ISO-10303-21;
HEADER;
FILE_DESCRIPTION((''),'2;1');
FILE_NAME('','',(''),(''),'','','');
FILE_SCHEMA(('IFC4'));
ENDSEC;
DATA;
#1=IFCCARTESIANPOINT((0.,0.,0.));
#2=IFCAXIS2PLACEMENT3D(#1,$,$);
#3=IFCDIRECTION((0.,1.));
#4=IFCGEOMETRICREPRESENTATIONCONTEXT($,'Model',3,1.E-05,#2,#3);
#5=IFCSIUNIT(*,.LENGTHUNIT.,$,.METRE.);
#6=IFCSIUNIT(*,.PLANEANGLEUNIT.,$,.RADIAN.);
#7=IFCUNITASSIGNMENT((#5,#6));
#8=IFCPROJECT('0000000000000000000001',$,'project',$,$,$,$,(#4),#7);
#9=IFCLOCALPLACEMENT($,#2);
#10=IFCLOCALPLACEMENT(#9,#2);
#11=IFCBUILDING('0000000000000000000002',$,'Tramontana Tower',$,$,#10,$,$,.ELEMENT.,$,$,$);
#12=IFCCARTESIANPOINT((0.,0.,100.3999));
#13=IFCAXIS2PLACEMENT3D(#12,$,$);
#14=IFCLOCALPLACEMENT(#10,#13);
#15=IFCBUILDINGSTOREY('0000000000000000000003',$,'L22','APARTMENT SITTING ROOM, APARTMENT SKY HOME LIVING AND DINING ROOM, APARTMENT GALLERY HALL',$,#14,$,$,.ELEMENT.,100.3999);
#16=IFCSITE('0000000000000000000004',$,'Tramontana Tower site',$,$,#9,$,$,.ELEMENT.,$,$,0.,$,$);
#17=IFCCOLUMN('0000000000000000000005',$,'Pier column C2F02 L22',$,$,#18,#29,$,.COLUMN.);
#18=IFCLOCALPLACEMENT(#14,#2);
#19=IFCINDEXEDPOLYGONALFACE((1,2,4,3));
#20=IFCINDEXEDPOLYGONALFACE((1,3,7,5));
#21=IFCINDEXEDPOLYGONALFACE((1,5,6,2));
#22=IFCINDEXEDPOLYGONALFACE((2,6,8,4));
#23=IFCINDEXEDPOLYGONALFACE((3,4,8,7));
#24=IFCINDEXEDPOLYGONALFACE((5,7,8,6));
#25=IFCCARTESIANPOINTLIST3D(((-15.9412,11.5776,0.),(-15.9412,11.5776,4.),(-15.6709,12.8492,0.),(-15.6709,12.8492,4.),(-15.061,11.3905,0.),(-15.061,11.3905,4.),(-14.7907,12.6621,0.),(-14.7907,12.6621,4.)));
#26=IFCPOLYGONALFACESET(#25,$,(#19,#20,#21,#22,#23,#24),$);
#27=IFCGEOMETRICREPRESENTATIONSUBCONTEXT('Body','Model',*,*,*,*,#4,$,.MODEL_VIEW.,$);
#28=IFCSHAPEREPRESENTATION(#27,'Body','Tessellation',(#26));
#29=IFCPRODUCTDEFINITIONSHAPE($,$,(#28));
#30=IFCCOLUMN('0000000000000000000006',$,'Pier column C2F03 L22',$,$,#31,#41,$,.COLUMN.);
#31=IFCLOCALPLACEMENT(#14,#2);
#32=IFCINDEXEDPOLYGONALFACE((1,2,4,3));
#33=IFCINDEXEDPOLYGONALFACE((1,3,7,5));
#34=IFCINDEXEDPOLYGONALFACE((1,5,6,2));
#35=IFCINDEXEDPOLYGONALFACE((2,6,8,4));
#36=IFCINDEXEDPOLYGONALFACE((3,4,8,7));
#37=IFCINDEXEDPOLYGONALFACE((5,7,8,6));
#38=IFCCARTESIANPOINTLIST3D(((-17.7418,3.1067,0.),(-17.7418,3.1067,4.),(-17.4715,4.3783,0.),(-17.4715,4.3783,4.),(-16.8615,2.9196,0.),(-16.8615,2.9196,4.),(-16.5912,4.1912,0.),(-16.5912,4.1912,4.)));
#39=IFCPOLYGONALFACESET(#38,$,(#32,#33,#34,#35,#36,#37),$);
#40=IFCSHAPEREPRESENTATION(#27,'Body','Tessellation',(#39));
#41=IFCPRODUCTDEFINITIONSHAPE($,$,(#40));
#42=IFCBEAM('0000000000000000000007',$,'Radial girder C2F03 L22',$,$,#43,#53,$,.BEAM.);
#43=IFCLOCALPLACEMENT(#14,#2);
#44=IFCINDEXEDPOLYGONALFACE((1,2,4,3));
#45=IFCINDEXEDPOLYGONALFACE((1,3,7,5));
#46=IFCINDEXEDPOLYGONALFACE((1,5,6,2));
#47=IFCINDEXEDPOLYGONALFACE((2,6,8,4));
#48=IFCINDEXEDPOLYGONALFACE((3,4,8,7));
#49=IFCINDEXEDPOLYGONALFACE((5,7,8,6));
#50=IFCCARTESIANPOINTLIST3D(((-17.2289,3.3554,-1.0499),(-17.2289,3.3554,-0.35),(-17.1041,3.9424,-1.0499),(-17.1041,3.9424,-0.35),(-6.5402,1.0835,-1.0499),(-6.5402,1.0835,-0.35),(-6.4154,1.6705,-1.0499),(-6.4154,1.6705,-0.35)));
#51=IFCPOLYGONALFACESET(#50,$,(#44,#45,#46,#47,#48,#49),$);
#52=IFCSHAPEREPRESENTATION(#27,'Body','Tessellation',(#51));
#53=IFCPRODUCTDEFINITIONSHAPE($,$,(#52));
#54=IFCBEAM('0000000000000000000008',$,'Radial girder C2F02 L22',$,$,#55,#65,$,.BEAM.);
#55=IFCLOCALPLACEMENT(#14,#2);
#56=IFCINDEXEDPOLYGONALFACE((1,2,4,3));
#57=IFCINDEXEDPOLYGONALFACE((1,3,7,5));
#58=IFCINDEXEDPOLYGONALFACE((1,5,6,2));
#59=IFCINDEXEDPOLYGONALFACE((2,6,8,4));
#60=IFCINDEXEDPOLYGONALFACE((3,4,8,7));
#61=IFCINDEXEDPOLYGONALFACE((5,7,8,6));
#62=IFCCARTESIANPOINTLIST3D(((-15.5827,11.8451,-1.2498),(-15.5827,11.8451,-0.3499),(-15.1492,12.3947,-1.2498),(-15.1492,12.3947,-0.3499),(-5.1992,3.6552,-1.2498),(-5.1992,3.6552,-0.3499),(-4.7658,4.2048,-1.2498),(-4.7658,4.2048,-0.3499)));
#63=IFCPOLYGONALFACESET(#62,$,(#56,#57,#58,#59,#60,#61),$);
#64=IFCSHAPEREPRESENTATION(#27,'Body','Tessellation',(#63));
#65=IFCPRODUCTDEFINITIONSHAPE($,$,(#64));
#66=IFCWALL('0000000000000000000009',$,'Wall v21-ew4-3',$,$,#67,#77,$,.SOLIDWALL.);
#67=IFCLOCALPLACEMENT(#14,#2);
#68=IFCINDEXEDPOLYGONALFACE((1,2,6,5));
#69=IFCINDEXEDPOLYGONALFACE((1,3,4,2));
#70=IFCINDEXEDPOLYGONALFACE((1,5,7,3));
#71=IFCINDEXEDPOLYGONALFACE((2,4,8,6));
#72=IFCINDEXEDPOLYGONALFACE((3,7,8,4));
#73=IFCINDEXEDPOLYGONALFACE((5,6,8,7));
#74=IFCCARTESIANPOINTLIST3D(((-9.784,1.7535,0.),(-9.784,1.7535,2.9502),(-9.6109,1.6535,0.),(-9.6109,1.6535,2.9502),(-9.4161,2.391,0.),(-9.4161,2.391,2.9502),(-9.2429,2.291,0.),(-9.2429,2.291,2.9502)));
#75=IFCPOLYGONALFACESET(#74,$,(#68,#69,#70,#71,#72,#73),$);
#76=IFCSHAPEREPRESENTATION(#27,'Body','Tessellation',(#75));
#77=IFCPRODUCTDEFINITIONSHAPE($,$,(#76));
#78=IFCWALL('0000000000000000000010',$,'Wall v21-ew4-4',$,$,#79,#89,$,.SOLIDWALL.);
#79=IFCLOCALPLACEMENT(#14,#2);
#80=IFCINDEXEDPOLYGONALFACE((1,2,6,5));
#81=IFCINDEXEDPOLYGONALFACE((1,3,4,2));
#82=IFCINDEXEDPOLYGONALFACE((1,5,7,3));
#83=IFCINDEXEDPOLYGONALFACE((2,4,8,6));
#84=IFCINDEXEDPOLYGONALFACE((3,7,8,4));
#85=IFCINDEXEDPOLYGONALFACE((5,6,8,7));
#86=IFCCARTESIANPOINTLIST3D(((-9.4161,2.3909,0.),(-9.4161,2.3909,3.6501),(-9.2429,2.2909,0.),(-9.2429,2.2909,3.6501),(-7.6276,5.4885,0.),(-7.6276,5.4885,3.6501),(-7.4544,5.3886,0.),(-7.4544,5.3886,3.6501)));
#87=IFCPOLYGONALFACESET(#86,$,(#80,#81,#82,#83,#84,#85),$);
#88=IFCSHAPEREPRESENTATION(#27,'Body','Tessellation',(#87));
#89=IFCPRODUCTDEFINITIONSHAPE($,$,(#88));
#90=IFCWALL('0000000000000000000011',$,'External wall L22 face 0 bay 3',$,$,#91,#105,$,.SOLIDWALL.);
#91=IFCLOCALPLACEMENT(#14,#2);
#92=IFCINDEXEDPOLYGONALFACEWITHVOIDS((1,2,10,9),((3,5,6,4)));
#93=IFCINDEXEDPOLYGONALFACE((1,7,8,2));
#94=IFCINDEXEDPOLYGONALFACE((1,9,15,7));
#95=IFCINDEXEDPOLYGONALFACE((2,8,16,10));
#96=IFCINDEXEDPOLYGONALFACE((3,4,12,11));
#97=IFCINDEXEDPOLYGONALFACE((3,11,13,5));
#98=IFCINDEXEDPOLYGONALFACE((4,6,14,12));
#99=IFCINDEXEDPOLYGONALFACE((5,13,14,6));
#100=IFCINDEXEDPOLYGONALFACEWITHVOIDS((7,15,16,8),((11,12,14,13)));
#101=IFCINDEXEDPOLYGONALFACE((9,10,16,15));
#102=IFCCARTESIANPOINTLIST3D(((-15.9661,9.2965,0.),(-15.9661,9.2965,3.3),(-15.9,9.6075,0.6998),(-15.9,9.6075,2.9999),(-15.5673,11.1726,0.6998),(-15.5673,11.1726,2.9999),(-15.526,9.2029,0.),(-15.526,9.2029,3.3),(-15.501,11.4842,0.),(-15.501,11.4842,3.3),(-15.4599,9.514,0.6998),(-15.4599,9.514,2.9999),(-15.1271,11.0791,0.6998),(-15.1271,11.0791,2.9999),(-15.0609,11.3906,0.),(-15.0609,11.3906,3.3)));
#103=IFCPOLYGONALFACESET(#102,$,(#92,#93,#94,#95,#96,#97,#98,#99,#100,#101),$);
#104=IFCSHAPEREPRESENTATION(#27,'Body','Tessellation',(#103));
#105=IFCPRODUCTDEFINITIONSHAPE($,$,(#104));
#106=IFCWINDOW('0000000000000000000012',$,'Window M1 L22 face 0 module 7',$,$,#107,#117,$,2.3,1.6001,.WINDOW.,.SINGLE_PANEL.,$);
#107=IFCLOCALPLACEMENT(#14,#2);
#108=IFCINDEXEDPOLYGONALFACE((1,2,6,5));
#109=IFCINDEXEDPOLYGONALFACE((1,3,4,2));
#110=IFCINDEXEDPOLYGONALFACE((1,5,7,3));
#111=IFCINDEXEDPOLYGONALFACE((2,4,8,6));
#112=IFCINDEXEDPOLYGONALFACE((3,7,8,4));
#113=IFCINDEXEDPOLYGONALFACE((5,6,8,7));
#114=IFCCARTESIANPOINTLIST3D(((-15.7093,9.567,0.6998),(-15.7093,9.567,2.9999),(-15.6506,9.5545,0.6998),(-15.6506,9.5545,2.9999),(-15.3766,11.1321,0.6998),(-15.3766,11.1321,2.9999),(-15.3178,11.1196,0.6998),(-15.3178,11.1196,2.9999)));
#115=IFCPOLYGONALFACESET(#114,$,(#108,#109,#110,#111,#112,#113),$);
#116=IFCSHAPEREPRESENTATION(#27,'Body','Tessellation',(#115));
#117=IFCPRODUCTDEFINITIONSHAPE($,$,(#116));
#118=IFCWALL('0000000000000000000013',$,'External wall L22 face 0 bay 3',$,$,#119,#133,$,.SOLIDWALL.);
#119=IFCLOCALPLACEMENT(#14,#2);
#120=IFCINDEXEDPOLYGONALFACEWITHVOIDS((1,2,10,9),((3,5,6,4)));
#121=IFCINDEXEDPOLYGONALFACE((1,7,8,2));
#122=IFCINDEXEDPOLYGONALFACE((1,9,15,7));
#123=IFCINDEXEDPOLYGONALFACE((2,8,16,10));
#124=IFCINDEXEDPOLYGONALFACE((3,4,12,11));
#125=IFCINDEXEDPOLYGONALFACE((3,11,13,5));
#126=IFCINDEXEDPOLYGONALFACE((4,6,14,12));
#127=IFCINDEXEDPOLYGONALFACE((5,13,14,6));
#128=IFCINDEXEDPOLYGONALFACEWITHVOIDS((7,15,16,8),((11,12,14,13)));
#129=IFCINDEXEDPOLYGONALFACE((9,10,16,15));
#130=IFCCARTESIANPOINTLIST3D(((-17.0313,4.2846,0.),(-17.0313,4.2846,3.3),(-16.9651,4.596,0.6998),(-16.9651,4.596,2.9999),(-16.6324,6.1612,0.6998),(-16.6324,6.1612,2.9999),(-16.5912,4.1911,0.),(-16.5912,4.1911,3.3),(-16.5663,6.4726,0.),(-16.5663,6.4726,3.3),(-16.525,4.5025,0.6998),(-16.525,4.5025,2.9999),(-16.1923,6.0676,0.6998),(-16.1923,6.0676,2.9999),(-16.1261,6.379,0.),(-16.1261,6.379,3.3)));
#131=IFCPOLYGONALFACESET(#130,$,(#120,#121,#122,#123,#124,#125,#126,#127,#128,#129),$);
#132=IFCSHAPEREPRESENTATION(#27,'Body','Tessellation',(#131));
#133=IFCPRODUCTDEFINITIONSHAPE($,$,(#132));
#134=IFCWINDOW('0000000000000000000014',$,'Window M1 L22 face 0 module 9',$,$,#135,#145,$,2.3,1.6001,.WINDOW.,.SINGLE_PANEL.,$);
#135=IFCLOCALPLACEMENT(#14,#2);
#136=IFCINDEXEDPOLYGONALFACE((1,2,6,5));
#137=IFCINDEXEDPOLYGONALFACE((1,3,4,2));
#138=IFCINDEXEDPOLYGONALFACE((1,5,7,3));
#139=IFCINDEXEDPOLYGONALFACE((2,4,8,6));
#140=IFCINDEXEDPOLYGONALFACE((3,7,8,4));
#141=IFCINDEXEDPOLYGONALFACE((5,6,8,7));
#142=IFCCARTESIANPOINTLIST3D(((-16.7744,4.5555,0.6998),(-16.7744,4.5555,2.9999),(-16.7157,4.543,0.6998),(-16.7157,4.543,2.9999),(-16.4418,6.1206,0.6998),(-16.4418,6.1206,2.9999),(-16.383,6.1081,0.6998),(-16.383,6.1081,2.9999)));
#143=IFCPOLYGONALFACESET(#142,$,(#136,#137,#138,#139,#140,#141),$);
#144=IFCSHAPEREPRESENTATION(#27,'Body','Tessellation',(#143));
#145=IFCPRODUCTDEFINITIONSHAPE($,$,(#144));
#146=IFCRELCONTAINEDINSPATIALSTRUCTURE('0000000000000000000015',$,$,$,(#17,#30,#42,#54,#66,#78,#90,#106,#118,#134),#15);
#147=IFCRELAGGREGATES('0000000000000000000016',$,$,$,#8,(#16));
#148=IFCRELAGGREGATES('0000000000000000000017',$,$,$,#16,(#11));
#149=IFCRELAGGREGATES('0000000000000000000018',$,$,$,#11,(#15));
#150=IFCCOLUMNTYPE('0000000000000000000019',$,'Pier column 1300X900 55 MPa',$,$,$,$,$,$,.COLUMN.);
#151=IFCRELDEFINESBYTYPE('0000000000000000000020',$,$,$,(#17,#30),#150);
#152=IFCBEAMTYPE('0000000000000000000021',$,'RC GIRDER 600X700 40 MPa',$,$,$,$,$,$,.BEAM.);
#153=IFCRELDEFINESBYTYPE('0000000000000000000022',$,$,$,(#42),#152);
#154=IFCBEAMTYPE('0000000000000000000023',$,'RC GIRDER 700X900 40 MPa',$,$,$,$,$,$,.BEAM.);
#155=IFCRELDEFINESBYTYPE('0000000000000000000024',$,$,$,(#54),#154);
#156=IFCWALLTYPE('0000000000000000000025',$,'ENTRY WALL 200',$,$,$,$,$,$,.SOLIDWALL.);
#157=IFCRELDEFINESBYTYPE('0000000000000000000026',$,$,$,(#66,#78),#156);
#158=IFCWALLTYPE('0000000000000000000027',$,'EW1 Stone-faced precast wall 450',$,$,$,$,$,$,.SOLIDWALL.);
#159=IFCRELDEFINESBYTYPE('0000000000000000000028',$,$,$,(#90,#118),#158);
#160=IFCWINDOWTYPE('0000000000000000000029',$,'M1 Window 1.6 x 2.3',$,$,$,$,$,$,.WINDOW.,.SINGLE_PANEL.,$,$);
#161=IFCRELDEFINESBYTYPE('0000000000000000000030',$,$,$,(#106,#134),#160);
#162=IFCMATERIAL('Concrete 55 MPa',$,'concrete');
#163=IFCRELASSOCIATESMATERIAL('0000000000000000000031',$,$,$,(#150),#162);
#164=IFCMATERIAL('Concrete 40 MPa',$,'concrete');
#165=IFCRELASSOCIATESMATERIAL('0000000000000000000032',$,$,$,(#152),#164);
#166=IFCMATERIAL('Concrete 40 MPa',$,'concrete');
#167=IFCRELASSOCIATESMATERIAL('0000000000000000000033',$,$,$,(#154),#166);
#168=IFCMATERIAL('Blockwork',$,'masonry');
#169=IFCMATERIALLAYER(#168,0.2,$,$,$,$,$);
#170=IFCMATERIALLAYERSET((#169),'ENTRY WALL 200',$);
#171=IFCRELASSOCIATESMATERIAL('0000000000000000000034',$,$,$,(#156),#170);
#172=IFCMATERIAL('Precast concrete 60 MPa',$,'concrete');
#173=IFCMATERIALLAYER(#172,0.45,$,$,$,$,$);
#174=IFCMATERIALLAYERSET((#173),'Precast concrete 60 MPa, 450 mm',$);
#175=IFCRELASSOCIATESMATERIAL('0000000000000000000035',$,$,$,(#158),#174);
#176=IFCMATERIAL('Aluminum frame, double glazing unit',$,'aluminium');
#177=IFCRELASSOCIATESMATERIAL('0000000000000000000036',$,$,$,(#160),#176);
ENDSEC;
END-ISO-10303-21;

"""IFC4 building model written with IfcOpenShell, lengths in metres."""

from ifc_helpers import new_model, si_unit, direction, frame, frame_2d, origin, origin_2d, place, context, subcontext, project, spatial, rectangle, extrude, material, layer, layer_set, material_profile, profile_set, type_object, element, fill, save


model = new_model("IFC4")

# Units and contexts
model_context = context("Model", 3, precision=1e-05, world=origin(), true_north=direction((0.0, 1.0)))
body_context = subcontext(model_context, "Body", "Model", "MODEL_VIEW")
ifc_project = project(units=[si_unit("LENGTHUNIT", "METRE"), si_unit("PLANEANGLEUNIT", "RADIAN")], contexts=[model_context])

# Site, building, storey
site_placement = place(None, origin())
site = spatial("IfcSite", under=ifc_project, at=site_placement, Name="Tramontana Tower site", CompositionType="ELEMENT", RefElevation=0.0)
building_placement = place(site_placement, origin())
building = spatial("IfcBuilding", under=site, at=building_placement, Name="Tramontana Tower", CompositionType="ELEMENT")
storey_placement = place(building_placement, frame((0.0, 0.0, 100.3999)))
storey = spatial("IfcBuildingStorey", under=building, at=storey_placement, Name="L22", Description="APARTMENT SITTING ROOM, APARTMENT SKY HOME LIVING AND DINING ROOM, APARTMENT GALLERY HALL", CompositionType="ELEMENT", Elevation=100.3999)

# Columns
ifc_material_1 = material(Name="Concrete 55 MPa", Category="concrete")
ifc_material_profile_1 = material_profile(ifc_material_1, rectangle(XDim=1.3, YDim=0.8999, at=origin_2d()), Name="Pier column 1300X900 55 MPa")
ifc_profile_set_1 = profile_set([ifc_material_profile_1], Name="Concrete 55 MPa")
column_type = type_object("IfcColumnType", Name="Pier column 1300X900 55 MPa", PredefinedType="COLUMN", material=ifc_profile_set_1)
for number, where, z_axis, x_axis, name in (
    (1, (-15.366, 12.1199, 0.0), (0.0, 0.0, 1.0), (-0.207912, -0.978148, 0.0), "Pier column C2F02 L22"),
    (2, (-17.1665, 3.6489, 0.0), (0.0, 0.0, 1.0), (-0.207912, -0.978148, 0.0), "Pier column C2F03 L22"),
):
    element("IfcColumn", number, at=place(storey_placement, frame(where, z_axis=z_axis, x_axis=x_axis)), inside=storey, type_object=column_type, Name=name, PredefinedType="COLUMN", context=body_context, shape_type="SweptSolid", body=[
        extrude(rectangle(XDim=1.3, YDim=0.8999, at=origin_2d()), origin(), (0.0, 0.0, 1.0), 4.0),
    ])

# Beams
ifc_material_2 = material(Name="Concrete 40 MPa", Category="concrete")
ifc_material_profile_2 = material_profile(ifc_material_2, rectangle(XDim=0.6001, YDim=0.7, at=origin_2d()), Name="RC GIRDER 600X700 40 MPa")
ifc_profile_set_2 = profile_set([ifc_material_profile_2], Name="Concrete 40 MPa")
beam_type_1 = type_object("IfcBeamType", Name="RC GIRDER 600X700 40 MPa", PredefinedType="BEAM", material=ifc_profile_set_2)
beam_1_placement = place(storey_placement, frame((-17.1665, 3.6489, -0.7), z_axis=(0.978147, -0.207913, 0.0), x_axis=(0.207913, 0.978147, 0.0)))
element("IfcBeam", 3, at=beam_1_placement, inside=storey, type_object=beam_type_1, Name="Radial girder C2F03 L22", PredefinedType="BEAM", context=body_context, shape_type="SweptSolid", body=[
    extrude(rectangle(XDim=0.6001, YDim=0.7, at=origin_2d()), origin(), (0.0, 0.0, 1.0), 10.9275),
])
ifc_material_3 = material(Name="Concrete 40 MPa", Category="concrete")
ifc_material_profile_3 = material_profile(ifc_material_3, rectangle(XDim=0.7, YDim=0.8999, at=origin_2d()), Name="RC GIRDER 700X900 40 MPa")
ifc_profile_set_3 = profile_set([ifc_material_profile_3], Name="Concrete 40 MPa")
beam_type_2 = type_object("IfcBeamType", Name="RC GIRDER 700X900 40 MPa", PredefinedType="BEAM", material=ifc_profile_set_3)
beam_2_placement = place(storey_placement, frame((-15.366, 12.1199, -0.7998), z_axis=(0.785162, -0.61929, 0.0), x_axis=(0.61929, 0.785162, 0.0)))
element("IfcBeam", 4, at=beam_2_placement, inside=storey, type_object=beam_type_2, Name="Radial girder C2F02 L22", PredefinedType="BEAM", context=body_context, shape_type="SweptSolid", body=[
    extrude(rectangle(XDim=0.7, YDim=0.8999, at=origin_2d()), origin(), (0.0, 0.0, 1.0), 13.2246),
])

# Walls
ifc_material_4 = material(Name="Blockwork", Category="masonry")
ifc_layer_1 = layer(ifc_material_4, 0.2)
ifc_layer_set_1 = layer_set([ifc_layer_1], Name="ENTRY WALL 200")
wall_type_1 = type_object("IfcWallType", Name="ENTRY WALL 200", PredefinedType="SOLIDWALL", material=ifc_layer_set_1)
wall_1_placement = place(storey_placement, frame((-9.6975, 1.7034, 0.0), z_axis=(0.0, 0.0, 1.0), x_axis=(0.499885, 0.866092, 0.0)))
element("IfcWall", 5, at=wall_1_placement, inside=storey, type_object=wall_type_1, Name="Wall v21-ew4-3", PredefinedType="SOLIDWALL", context=body_context, shape_type="SweptSolid", body=[
    extrude(rectangle(XDim=0.7361, YDim=0.2, at=frame_2d((0.3682, 0.0))), origin(), (0.0, 0.0, 1.0), 2.9502),
])
wall_2_placement = place(storey_placement, frame((-9.3296, 2.3408, 0.0), z_axis=(0.0, 0.0, 1.0), x_axis=(0.50003, 0.866008, 0.0)))
element("IfcWall", 6, at=wall_2_placement, inside=storey, type_object=wall_type_1, Name="Wall v21-ew4-4", PredefinedType="SOLIDWALL", context=body_context, shape_type="SweptSolid", body=[
    extrude(rectangle(XDim=3.5769, YDim=0.2, at=frame_2d((1.7886, 0.0))), origin(), (0.0, 0.0, 1.0), 3.6501),
])

# Walls, openings, windows
ifc_material_5 = material(Name="Precast concrete 60 MPa", Category="concrete")
ifc_layer_2 = layer(ifc_material_5, 0.45)
ifc_layer_set_2 = layer_set([ifc_layer_2], Name="Precast concrete 60 MPa, 450 mm")
wall_type_2 = type_object("IfcWallType", Name="EW1 Stone-faced precast wall 450", PredefinedType="SOLIDWALL", material=ifc_layer_set_2)
wall_3_placement = place(storey_placement, frame((-15.281, 11.4373, 0.0), z_axis=(0.0, 0.0, 1.0), x_axis=(-0.207941, -0.978141, 0.0)))
wall_3 = element("IfcWall", 7, at=wall_3_placement, inside=storey, type_object=wall_type_2, Name="External wall L22 face 0 bay 3", PredefinedType="SOLIDWALL", context=body_context, shape_type="SweptSolid", body=[
    extrude(rectangle(XDim=2.2366, YDim=0.45, at=frame_2d((1.1182, 0.0))), origin(), (0.0, 0.0, 1.0), 3.3),
])
opening_1_placement = place(wall_3_placement, frame((0.3184, 0.0, 0.7)))
opening_1 = element("IfcOpeningElement", 8, at=opening_1_placement, cuts=wall_3, PredefinedType="OPENING", context=body_context, shape_type="SweptSolid", body=[
    extrude(rectangle(XDim=1.6001, YDim=2.3, at=frame_2d((0.8, 1.1499))), frame((0.0, 0.2349, 0.0), z_axis=(0.0, -1.0, 0.0), x_axis=(1.0, 0.0, 0.0)), (0.0, 0.0, 1.0), 0.47),
])
ifc_material_6 = material(Name="Aluminum frame, double glazing unit", Category="aluminium")
window_type = type_object("IfcWindowType", Name="M1 Window 1.6 x 2.3", PartitioningType="SINGLE_PANEL", PredefinedType="WINDOW", material=ifc_material_6)
window_1_placement = place(opening_1_placement, origin())
window_1 = element("IfcWindow", 9, at=window_1_placement, inside=storey, type_object=window_type, Name="Window M1 L22 face 0 module 7", OverallHeight=2.3, OverallWidth=1.6001, PartitioningType="SINGLE_PANEL", PredefinedType="WINDOW", context=body_context, shape_type="SweptSolid", body=[
    extrude(rectangle(XDim=1.6001, YDim=2.3, at=frame_2d((0.8, 1.1499))), frame((0.0, 0.03, 0.0), z_axis=(0.0, -1.0, 0.0), x_axis=(1.0, 0.0, 0.0)), (0.0, 0.0, 1.0), 0.0601),
])
fill(opening_1, window_1)
wall_4_placement = place(storey_placement, frame((-16.3462, 6.4258, 0.0), z_axis=(0.0, 0.0, 1.0), x_axis=(-0.207919, -0.978146, 0.0)))
wall_4 = element("IfcWall", 10, at=wall_4_placement, inside=storey, type_object=wall_type_2, Name="External wall L22 face 0 bay 3", PredefinedType="SOLIDWALL", context=body_context, shape_type="SweptSolid", body=[
    extrude(rectangle(XDim=2.2368, YDim=0.45, at=frame_2d((1.1184, 0.0))), origin(), (0.0, 0.0, 1.0), 3.3),
])
opening_2_placement = place(wall_4_placement, frame((0.3184, 0.0, 0.7)))
opening_2 = element("IfcOpeningElement", 11, at=opening_2_placement, cuts=wall_4, PredefinedType="OPENING", context=body_context, shape_type="SweptSolid", body=[
    extrude(rectangle(XDim=1.6001, YDim=2.3, at=frame_2d((0.8, 1.1499))), frame((0.0, 0.2349, 0.0), z_axis=(0.0, -1.0, 0.0), x_axis=(1.0, 0.0, 0.0)), (0.0, 0.0, 1.0), 0.47),
])
window_2_placement = place(opening_2_placement, origin())
window_2 = element("IfcWindow", 12, at=window_2_placement, inside=storey, type_object=window_type, Name="Window M1 L22 face 0 module 9", OverallHeight=2.3, OverallWidth=1.6001, PartitioningType="SINGLE_PANEL", PredefinedType="WINDOW", context=body_context, shape_type="SweptSolid", body=[
    extrude(rectangle(XDim=1.6001, YDim=2.3, at=frame_2d((0.8, 1.1499))), frame((0.0, 0.03, 0.0), z_axis=(0.0, -1.0, 0.0), x_axis=(1.0, 0.0, 0.0)), (0.0, 0.0, 1.0), 0.0601),
])
fill(opening_2, window_2)

save(model, "model.ifc")
